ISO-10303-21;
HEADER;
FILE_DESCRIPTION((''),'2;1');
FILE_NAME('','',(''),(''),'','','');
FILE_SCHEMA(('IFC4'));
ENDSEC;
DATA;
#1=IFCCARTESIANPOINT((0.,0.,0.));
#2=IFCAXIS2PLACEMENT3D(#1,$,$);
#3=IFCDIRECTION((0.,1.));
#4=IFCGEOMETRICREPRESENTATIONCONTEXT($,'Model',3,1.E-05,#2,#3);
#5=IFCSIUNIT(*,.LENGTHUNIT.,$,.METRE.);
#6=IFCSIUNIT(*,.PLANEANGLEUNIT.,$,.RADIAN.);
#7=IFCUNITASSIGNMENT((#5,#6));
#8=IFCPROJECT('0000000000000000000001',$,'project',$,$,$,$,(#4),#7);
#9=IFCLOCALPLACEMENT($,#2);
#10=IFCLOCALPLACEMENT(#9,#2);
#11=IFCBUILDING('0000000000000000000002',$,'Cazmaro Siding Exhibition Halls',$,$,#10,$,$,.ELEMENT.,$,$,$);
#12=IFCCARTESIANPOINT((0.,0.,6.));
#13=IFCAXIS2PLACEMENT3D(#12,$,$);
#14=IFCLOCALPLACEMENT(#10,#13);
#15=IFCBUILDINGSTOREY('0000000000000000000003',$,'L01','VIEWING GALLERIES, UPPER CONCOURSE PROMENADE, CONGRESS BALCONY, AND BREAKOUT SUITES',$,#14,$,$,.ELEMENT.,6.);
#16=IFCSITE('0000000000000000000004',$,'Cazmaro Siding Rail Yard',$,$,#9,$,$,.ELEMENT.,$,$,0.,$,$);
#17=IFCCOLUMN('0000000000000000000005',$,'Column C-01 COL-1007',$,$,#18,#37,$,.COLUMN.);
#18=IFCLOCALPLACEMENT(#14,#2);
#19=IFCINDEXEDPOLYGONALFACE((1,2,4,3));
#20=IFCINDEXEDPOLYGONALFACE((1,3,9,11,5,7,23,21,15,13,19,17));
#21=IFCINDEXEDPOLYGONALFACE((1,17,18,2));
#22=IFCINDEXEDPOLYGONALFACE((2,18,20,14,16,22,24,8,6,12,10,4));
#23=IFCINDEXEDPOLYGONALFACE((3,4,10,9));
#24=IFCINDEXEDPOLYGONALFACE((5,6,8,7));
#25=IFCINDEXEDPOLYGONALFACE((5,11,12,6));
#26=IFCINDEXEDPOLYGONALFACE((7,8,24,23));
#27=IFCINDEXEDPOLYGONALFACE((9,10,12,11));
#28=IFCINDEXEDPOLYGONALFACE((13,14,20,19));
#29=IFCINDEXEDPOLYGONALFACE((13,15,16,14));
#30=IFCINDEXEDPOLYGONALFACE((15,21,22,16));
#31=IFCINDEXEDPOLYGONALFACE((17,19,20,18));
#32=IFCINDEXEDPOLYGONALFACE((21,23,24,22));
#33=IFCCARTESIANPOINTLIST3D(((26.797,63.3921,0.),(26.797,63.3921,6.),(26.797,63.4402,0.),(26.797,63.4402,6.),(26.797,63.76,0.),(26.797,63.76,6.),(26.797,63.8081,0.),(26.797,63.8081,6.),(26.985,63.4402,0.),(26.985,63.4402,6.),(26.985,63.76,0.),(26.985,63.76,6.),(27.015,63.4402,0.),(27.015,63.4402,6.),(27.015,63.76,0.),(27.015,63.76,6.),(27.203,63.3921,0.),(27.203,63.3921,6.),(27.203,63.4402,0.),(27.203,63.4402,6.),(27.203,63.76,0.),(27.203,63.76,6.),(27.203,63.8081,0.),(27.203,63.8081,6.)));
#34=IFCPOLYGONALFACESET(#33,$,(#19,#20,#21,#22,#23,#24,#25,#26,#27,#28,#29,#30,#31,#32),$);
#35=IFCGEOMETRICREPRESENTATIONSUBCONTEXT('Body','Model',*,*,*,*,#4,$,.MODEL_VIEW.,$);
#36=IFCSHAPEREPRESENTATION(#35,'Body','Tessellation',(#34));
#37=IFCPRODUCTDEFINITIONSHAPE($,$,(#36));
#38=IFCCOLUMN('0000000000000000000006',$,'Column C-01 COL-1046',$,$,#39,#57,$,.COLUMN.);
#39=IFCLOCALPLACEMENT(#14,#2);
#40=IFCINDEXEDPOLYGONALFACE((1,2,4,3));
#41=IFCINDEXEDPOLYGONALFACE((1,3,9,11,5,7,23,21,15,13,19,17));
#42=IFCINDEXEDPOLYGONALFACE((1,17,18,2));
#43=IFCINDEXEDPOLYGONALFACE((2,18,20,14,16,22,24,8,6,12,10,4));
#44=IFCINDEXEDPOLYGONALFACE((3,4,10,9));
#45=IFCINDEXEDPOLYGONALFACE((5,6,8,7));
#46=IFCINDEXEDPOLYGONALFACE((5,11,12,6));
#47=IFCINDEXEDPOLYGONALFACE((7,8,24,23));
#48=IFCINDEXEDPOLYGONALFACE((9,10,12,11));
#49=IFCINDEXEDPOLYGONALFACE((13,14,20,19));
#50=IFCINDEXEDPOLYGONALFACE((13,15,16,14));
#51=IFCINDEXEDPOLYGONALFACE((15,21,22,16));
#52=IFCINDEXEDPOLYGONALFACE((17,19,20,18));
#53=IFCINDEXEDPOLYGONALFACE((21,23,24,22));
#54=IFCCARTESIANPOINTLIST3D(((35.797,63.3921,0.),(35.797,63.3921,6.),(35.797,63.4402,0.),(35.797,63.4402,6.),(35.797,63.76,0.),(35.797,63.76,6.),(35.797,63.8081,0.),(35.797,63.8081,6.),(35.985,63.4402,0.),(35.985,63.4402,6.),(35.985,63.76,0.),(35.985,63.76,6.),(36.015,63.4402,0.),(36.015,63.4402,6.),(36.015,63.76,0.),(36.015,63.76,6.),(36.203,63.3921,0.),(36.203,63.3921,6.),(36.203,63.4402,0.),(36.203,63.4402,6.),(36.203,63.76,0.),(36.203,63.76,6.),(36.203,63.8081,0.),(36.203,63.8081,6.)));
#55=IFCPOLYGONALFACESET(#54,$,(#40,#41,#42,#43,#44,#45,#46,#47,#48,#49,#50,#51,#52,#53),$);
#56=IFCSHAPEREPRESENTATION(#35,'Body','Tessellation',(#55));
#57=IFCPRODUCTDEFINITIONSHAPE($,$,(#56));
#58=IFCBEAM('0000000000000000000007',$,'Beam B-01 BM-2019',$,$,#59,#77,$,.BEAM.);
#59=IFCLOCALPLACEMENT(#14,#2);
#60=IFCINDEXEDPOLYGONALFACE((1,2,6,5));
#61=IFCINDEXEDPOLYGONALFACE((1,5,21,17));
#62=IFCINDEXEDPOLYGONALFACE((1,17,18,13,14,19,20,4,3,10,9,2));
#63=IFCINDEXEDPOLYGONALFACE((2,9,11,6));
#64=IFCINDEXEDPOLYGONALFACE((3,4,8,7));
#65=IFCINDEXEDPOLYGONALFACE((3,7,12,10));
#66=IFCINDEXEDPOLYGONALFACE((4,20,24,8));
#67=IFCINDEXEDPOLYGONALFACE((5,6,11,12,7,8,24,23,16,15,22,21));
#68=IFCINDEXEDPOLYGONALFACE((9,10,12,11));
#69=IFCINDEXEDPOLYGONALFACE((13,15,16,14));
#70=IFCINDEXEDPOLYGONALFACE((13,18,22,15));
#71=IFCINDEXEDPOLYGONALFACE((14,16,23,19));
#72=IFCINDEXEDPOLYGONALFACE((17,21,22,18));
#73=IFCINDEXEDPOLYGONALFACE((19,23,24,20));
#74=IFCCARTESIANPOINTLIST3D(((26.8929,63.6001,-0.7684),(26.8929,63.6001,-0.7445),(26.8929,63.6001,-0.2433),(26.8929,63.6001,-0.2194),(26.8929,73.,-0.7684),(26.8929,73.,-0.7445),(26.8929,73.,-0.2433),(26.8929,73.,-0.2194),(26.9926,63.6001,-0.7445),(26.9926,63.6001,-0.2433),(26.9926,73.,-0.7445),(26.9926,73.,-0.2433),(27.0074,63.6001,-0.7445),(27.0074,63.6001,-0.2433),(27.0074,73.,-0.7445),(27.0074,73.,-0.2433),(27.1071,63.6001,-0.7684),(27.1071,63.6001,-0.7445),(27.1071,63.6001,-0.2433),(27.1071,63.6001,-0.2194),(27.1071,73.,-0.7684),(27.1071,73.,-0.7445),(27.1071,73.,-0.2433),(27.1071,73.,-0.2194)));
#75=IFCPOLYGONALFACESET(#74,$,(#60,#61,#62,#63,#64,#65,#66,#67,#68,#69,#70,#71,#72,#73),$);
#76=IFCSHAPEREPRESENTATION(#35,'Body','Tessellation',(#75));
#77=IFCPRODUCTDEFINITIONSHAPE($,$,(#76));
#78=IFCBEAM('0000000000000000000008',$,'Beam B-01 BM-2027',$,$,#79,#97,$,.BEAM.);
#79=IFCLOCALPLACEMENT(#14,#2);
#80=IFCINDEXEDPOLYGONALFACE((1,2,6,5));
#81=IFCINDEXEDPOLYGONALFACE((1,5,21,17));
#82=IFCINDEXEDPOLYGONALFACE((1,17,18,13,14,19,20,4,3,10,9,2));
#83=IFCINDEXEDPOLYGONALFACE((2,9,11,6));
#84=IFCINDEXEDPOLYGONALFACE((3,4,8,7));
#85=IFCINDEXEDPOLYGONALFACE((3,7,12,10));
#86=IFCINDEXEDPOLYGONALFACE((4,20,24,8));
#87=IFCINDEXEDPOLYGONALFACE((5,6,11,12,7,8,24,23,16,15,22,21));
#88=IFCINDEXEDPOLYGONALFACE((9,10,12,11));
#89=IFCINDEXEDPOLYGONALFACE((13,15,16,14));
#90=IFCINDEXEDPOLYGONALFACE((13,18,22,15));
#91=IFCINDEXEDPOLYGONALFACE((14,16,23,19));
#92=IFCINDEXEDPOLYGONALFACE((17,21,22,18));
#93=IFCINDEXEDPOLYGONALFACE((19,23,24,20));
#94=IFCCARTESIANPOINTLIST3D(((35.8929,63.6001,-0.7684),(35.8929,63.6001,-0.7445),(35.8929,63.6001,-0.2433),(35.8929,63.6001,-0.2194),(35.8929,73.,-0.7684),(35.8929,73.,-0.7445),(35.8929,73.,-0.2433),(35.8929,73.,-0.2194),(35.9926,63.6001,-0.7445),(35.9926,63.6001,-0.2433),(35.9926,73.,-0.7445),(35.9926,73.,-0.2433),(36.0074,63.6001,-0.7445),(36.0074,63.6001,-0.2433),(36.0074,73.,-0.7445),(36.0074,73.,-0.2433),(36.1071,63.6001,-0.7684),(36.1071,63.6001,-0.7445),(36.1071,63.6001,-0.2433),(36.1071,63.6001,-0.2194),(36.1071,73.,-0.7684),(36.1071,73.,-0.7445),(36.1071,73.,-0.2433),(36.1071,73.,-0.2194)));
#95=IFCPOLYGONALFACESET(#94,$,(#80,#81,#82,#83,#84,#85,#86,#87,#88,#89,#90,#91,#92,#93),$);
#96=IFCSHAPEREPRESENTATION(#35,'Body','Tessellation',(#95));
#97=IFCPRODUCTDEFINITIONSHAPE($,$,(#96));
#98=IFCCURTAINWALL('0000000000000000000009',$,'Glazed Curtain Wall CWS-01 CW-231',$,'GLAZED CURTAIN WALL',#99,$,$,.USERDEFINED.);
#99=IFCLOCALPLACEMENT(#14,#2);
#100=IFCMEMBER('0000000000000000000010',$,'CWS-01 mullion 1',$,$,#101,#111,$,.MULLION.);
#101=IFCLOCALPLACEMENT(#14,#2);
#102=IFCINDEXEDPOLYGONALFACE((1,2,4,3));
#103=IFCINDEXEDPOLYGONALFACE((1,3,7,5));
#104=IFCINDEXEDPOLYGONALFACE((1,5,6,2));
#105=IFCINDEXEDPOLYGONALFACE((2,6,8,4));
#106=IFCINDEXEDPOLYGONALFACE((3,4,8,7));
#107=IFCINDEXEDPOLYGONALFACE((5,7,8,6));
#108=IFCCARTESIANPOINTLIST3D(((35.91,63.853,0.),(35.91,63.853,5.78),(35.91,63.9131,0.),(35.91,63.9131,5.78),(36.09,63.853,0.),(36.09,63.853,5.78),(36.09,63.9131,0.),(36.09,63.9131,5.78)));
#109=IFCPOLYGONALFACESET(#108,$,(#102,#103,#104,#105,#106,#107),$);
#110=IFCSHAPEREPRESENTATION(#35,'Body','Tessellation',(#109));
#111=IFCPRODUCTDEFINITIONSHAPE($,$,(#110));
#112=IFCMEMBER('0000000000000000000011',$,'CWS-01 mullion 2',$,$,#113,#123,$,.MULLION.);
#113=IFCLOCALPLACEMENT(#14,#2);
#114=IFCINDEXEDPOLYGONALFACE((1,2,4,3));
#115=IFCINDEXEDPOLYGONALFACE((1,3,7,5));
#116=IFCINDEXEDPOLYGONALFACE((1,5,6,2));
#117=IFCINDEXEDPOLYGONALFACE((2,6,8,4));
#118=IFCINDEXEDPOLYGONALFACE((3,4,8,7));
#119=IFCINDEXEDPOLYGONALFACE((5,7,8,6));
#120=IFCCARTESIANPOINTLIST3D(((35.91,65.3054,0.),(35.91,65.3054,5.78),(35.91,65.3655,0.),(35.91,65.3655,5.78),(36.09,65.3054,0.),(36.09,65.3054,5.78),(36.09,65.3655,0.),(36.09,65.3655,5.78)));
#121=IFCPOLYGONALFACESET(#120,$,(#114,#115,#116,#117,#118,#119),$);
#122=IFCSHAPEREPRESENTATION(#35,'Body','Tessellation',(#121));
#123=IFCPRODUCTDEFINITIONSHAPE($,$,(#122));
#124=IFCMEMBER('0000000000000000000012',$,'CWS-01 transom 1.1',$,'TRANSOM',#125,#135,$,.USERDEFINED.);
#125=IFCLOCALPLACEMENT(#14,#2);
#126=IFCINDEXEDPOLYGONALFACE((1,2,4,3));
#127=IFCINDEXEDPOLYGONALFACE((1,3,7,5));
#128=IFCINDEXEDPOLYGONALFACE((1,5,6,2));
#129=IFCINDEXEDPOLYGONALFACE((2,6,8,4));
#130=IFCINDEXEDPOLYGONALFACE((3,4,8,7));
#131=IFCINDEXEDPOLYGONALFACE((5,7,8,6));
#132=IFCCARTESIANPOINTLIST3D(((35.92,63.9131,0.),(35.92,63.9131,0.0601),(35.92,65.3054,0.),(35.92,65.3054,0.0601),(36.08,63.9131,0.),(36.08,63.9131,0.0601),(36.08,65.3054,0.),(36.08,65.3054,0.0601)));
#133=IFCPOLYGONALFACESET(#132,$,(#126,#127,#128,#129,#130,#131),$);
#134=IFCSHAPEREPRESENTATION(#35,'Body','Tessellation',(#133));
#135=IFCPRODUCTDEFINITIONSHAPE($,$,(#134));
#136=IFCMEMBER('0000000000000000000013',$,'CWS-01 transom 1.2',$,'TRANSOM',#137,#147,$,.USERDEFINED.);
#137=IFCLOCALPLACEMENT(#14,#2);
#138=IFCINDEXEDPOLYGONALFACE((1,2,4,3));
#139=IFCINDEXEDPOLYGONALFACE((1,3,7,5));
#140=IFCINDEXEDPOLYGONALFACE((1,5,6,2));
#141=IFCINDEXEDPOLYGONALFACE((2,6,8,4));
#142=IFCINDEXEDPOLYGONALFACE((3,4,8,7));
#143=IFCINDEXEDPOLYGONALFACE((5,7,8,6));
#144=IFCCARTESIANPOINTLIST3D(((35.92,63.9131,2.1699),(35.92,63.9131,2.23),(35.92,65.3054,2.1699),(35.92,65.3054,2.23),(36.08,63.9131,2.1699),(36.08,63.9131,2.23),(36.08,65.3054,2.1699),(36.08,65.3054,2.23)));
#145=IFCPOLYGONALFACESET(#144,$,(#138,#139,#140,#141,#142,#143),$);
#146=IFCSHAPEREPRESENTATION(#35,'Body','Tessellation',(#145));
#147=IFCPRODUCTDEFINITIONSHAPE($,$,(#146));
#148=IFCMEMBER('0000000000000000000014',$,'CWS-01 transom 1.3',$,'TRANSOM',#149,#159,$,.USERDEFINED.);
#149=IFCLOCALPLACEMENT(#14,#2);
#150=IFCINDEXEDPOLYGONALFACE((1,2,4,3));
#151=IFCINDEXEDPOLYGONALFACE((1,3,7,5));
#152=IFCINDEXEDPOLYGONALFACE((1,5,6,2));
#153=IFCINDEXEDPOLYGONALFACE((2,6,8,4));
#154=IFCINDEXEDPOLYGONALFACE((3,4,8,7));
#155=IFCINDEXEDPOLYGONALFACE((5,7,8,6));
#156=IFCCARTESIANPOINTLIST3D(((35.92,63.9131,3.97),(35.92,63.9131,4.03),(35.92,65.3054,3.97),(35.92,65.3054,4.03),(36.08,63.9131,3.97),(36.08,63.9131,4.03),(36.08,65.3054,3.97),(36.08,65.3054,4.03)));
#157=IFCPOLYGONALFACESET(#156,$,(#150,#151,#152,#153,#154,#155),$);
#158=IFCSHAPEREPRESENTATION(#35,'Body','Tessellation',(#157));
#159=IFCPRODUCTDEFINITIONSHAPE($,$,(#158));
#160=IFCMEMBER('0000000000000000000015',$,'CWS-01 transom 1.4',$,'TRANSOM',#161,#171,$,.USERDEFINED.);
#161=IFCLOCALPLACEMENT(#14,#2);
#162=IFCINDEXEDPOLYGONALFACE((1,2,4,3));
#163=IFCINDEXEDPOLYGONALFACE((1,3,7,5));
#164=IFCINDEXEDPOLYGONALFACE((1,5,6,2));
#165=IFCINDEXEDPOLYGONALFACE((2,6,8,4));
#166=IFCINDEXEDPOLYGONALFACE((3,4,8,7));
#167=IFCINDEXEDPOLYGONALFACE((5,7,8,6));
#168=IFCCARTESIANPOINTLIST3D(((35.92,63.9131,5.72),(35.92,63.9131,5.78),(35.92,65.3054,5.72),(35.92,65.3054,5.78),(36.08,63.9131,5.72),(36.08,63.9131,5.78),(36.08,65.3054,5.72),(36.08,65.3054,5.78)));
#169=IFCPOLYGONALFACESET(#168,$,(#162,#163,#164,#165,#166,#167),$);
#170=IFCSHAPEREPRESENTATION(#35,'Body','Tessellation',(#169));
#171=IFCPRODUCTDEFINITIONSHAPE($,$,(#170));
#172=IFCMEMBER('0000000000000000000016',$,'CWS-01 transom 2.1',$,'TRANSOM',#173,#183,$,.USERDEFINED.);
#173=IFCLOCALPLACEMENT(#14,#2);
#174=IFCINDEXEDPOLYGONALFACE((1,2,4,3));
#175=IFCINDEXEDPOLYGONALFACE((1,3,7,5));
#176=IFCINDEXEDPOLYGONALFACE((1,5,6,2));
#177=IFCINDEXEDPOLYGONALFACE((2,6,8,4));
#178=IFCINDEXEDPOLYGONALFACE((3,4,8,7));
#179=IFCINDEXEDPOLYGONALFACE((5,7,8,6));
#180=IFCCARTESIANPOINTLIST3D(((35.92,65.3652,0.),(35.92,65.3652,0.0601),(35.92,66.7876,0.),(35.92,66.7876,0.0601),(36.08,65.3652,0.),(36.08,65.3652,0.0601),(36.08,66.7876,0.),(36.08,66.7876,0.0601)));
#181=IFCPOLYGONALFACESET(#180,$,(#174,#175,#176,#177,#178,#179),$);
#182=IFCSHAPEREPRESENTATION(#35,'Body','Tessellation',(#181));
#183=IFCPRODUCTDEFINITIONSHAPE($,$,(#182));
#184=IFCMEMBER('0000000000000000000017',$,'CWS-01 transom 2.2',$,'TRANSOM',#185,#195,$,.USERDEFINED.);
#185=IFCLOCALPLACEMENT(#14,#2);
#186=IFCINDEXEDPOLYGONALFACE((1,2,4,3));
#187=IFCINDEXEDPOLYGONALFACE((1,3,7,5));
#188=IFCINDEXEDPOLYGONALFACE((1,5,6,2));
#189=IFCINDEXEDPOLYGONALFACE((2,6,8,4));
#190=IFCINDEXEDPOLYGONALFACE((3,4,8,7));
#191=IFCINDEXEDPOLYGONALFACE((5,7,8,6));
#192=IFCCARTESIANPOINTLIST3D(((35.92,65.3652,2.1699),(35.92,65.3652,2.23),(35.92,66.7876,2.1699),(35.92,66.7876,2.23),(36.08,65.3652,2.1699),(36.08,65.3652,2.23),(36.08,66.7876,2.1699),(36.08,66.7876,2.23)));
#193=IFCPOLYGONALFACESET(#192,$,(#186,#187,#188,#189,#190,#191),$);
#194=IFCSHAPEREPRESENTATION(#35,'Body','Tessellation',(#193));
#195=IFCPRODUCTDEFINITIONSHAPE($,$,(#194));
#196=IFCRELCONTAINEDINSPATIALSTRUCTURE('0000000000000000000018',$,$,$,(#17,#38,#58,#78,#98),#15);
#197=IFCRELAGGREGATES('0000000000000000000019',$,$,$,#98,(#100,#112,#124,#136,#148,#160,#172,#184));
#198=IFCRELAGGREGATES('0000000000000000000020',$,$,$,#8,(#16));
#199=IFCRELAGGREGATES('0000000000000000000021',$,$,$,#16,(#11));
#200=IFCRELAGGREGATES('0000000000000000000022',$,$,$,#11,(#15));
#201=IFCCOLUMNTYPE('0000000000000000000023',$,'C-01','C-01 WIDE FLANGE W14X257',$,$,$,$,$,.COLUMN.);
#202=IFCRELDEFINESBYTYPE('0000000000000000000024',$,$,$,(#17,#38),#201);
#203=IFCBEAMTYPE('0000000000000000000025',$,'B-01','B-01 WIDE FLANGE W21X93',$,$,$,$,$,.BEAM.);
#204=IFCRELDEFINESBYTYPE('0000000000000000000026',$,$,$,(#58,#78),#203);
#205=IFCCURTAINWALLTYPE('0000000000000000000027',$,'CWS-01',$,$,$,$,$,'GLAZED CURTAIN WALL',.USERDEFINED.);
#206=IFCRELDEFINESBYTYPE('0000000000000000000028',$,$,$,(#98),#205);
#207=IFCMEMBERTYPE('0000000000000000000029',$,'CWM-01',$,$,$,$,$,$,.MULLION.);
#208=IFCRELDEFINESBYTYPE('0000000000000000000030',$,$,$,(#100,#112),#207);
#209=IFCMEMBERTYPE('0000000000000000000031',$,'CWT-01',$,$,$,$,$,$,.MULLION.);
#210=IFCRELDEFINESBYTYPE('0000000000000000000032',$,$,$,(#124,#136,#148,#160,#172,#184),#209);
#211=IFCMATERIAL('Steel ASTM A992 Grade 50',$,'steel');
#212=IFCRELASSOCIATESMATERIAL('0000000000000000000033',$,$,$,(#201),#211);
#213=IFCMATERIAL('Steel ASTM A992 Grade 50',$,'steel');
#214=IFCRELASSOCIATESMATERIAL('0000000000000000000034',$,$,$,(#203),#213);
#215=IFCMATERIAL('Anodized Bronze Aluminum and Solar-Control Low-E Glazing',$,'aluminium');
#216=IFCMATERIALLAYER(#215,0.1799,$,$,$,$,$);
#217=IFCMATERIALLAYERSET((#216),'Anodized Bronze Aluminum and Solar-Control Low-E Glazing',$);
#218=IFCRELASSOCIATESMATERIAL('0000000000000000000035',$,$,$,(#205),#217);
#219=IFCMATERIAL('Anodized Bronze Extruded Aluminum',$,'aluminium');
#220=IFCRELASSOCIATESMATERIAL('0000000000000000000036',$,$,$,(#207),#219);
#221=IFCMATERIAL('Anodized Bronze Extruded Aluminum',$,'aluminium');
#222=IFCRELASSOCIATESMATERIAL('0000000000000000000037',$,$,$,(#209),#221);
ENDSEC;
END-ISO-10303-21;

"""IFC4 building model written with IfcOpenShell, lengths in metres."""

from ifc_helpers import new_model, si_unit, direction, frame, origin, origin_2d, place, context, subcontext, project, spatial, rectangle, i_section, extrude, material, layer, layer_set, material_profile, profile_set, type_object, element, aggregate, save


model = new_model("IFC4")

# Units and contexts
model_context = context("Model", 3, precision=1e-05, world=origin(), true_north=direction((0.0, 1.0)))
body_context = subcontext(model_context, "Body", "Model", "MODEL_VIEW")
ifc_project = project(units=[si_unit("LENGTHUNIT", "METRE"), si_unit("PLANEANGLEUNIT", "RADIAN")], contexts=[model_context])

# Site, building, storey
site_placement = place(None, origin())
site = spatial("IfcSite", under=ifc_project, at=site_placement, Name="Cazmaro Siding Rail Yard", CompositionType="ELEMENT", RefElevation=0.0)
building_placement = place(site_placement, origin())
building = spatial("IfcBuilding", under=site, at=building_placement, Name="Cazmaro Siding Exhibition Halls", CompositionType="ELEMENT")
storey_placement = place(building_placement, frame((0.0, 0.0, 6.0)))
storey = spatial("IfcBuildingStorey", under=building, at=storey_placement, Name="L01", Description="VIEWING GALLERIES, UPPER CONCOURSE PROMENADE, CONGRESS BALCONY, AND BREAKOUT SUITES", CompositionType="ELEMENT", Elevation=6.0)

# Columns
ifc_material_1 = material(Name="Steel ASTM A992 Grade 50", Category="steel")
ifc_material_profile_1 = material_profile(ifc_material_1, i_section(OverallWidth=0.406, OverallDepth=0.416, WebThickness=0.03, FlangeThickness=0.0481, at=origin_2d()), Name="W14X257")
ifc_profile_set_1 = profile_set([ifc_material_profile_1], Name="Steel ASTM A992 Grade 50")
column_type = type_object("IfcColumnType", Name="C-01", Description="C-01 WIDE FLANGE W14X257", PredefinedType="COLUMN", material=ifc_profile_set_1)
for number, where, z_axis, x_axis, name in (
    (1, (27.0, 63.6001, 0.0), (0.0, 0.0, 1.0), (1.0, 0.0, 0.0), "Column C-01 COL-1007"),
    (2, (36.0, 63.6001, 0.0), (0.0, 0.0, 1.0), (1.0, 0.0, 0.0), "Column C-01 COL-1046"),
):
    element("IfcColumn", number, at=place(storey_placement, frame(where, z_axis=z_axis, x_axis=x_axis)), inside=storey, type_object=column_type, Name=name, PredefinedType="COLUMN", context=body_context, shape_type="SweptSolid", body=[
        extrude(i_section(OverallWidth=0.406, OverallDepth=0.416, WebThickness=0.03, FlangeThickness=0.0481, at=origin_2d()), origin(), (0.0, 0.0, 1.0), 6.0),
    ])

# Beams
ifc_material_2 = material(Name="Steel ASTM A992 Grade 50", Category="steel")
ifc_material_profile_2 = material_profile(ifc_material_2, i_section(OverallWidth=0.2141, OverallDepth=0.5491, WebThickness=0.0149, FlangeThickness=0.0239, at=origin_2d()), Name="W21X93")
ifc_profile_set_2 = profile_set([ifc_material_profile_2], Name="Steel ASTM A992 Grade 50")
beam_type_1 = type_object("IfcBeamType", Name="B-01", Description="B-01 WIDE FLANGE W21X93", PredefinedType="BEAM", material=ifc_profile_set_2)
for number, where, z_axis, x_axis, name in (
    (3, (27.0, 63.6001, -0.4939), (0.0, 1.0, 0.0), (-1.0, 0.0, 0.0), "Beam B-01 BM-2019"),
    (4, (36.0, 63.6001, -0.4939), (0.0, 1.0, 0.0), (-1.0, 0.0, 0.0), "Beam B-01 BM-2027"),
):
    element("IfcBeam", number, at=place(storey_placement, frame(where, z_axis=z_axis, x_axis=x_axis)), inside=storey, type_object=beam_type_1, Name=name, PredefinedType="BEAM", context=body_context, shape_type="SweptSolid", body=[
        extrude(i_section(OverallWidth=0.2141, OverallDepth=0.5491, WebThickness=0.0149, FlangeThickness=0.0239, at=origin_2d()), origin(), (0.0, 0.0, 1.0), 9.3999),
    ])

# Curtain wall, members
ifc_material_3 = material(Name="Anodized Bronze Aluminum and Solar-Control Low-E Glazing", Category="aluminium")
ifc_layer_1 = layer(ifc_material_3, 0.1799)
ifc_layer_set_1 = layer_set([ifc_layer_1], Name="Anodized Bronze Aluminum and Solar-Control Low-E Glazing")
curtain_wall_type = type_object("IfcCurtainWallType", Name="CWS-01", ElementType="GLAZED CURTAIN WALL", PredefinedType="USERDEFINED", material=ifc_layer_set_1)
curtain_wall_placement = place(storey_placement, origin())
curtain_wall = element("IfcCurtainWall", 5, at=curtain_wall_placement, inside=storey, type_object=curtain_wall_type, Name="Glazed Curtain Wall CWS-01 CW-231", ObjectType="GLAZED CURTAIN WALL", PredefinedType="USERDEFINED")
ifc_material_4 = material(Name="Anodized Bronze Extruded Aluminum", Category="aluminium")
ifc_material_profile_3 = material_profile(ifc_material_4, rectangle(XDim=0.1799, YDim=0.0601, at=origin_2d()), Name="CWM-01")
ifc_profile_set_3 = profile_set([ifc_material_profile_3], Name="Anodized Bronze Extruded Aluminum")
member_type_1 = type_object("IfcMemberType", Name="CWM-01", PredefinedType="MULLION", material=ifc_profile_set_3)
member_1_placement = place(storey_placement, frame((36.0, 63.8831, 0.0), z_axis=(0.0, 0.0, 1.0), x_axis=(-1.0, 0.0, 0.0)))
member_1 = element("IfcMember", 6, at=member_1_placement, type_object=member_type_1, Name="CWS-01 mullion 1", PredefinedType="MULLION", context=body_context, shape_type="SweptSolid", body=[
    extrude(rectangle(XDim=0.1799, YDim=0.0601, at=origin_2d()), origin(), (0.0, 0.0, 1.0), 5.78),
])
member_2_placement = place(storey_placement, frame((36.0, 65.3354, 0.0), z_axis=(0.0, 0.0, 1.0), x_axis=(-1.0, 0.0, 0.0)))
member_2 = element("IfcMember", 7, at=member_2_placement, type_object=member_type_1, Name="CWS-01 mullion 2", PredefinedType="MULLION", context=body_context, shape_type="SweptSolid", body=[
    extrude(rectangle(XDim=0.1799, YDim=0.0601, at=origin_2d()), origin(), (0.0, 0.0, 1.0), 5.78),
])
ifc_material_5 = material(Name="Anodized Bronze Extruded Aluminum", Category="aluminium")
ifc_material_profile_4 = material_profile(ifc_material_5, rectangle(XDim=0.1599, YDim=0.0601, at=origin_2d()), Name="CWT-01")
ifc_profile_set_4 = profile_set([ifc_material_profile_4], Name="Anodized Bronze Extruded Aluminum")
member_type_2 = type_object("IfcMemberType", Name="CWT-01", PredefinedType="MULLION", material=ifc_profile_set_4)
member_3_placement = place(storey_placement, frame((36.0, 63.9131, 0.03), z_axis=(0.0, 1.0, 0.0), x_axis=(-1.0, 0.0, 0.0)))
member_3 = element("IfcMember", 8, at=member_3_placement, type_object=member_type_2, Name="CWS-01 transom 1.1", ObjectType="TRANSOM", PredefinedType="USERDEFINED", context=body_context, shape_type="SweptSolid", body=[
    extrude(rectangle(XDim=0.1599, YDim=0.0601, at=origin_2d()), origin(), (0.0, 0.0, 1.0), 1.3923),
])
member_4_placement = place(storey_placement, frame((36.0, 63.9131, 2.2), z_axis=(0.0, 1.0, 0.0), x_axis=(-1.0, 0.0, 0.0)))
member_4 = element("IfcMember", 9, at=member_4_placement, type_object=member_type_2, Name="CWS-01 transom 1.2", ObjectType="TRANSOM", PredefinedType="USERDEFINED", context=body_context, shape_type="SweptSolid", body=[
    extrude(rectangle(XDim=0.1599, YDim=0.0601, at=origin_2d()), origin(), (0.0, 0.0, 1.0), 1.3923),
])
member_5_placement = place(storey_placement, frame((36.0, 63.9131, 4.0), z_axis=(0.0, 1.0, 0.0), x_axis=(-1.0, 0.0, 0.0)))
member_5 = element("IfcMember", 10, at=member_5_placement, type_object=member_type_2, Name="CWS-01 transom 1.3", ObjectType="TRANSOM", PredefinedType="USERDEFINED", context=body_context, shape_type="SweptSolid", body=[
    extrude(rectangle(XDim=0.1599, YDim=0.0601, at=origin_2d()), origin(), (0.0, 0.0, 1.0), 1.3923),
])
member_6_placement = place(storey_placement, frame((36.0, 63.9131, 5.75), z_axis=(0.0, 1.0, 0.0), x_axis=(-1.0, 0.0, 0.0)))
member_6 = element("IfcMember", 11, at=member_6_placement, type_object=member_type_2, Name="CWS-01 transom 1.4", ObjectType="TRANSOM", PredefinedType="USERDEFINED", context=body_context, shape_type="SweptSolid", body=[
    extrude(rectangle(XDim=0.1599, YDim=0.0601, at=origin_2d()), origin(), (0.0, 0.0, 1.0), 1.3923),
])
member_7_placement = place(storey_placement, frame((36.0, 65.3652, 0.03), z_axis=(0.0, 1.0, 0.0), x_axis=(-1.0, 0.0, 0.0)))
member_7 = element("IfcMember", 12, at=member_7_placement, type_object=member_type_2, Name="CWS-01 transom 2.1", ObjectType="TRANSOM", PredefinedType="USERDEFINED", context=body_context, shape_type="SweptSolid", body=[
    extrude(rectangle(XDim=0.1599, YDim=0.0601, at=origin_2d()), origin(), (0.0, 0.0, 1.0), 1.4224),
])
member_8_placement = place(storey_placement, frame((36.0, 65.3652, 2.2), z_axis=(0.0, 1.0, 0.0), x_axis=(-1.0, 0.0, 0.0)))
member_8 = element("IfcMember", 13, at=member_8_placement, type_object=member_type_2, Name="CWS-01 transom 2.2", ObjectType="TRANSOM", PredefinedType="USERDEFINED", context=body_context, shape_type="SweptSolid", body=[
    extrude(rectangle(XDim=0.1599, YDim=0.0601, at=origin_2d()), origin(), (0.0, 0.0, 1.0), 1.4224),
])

aggregate(curtain_wall, [member_1, member_2, member_3, member_4, member_5, member_6, member_7, member_8])

save(model, "model.ifc")
